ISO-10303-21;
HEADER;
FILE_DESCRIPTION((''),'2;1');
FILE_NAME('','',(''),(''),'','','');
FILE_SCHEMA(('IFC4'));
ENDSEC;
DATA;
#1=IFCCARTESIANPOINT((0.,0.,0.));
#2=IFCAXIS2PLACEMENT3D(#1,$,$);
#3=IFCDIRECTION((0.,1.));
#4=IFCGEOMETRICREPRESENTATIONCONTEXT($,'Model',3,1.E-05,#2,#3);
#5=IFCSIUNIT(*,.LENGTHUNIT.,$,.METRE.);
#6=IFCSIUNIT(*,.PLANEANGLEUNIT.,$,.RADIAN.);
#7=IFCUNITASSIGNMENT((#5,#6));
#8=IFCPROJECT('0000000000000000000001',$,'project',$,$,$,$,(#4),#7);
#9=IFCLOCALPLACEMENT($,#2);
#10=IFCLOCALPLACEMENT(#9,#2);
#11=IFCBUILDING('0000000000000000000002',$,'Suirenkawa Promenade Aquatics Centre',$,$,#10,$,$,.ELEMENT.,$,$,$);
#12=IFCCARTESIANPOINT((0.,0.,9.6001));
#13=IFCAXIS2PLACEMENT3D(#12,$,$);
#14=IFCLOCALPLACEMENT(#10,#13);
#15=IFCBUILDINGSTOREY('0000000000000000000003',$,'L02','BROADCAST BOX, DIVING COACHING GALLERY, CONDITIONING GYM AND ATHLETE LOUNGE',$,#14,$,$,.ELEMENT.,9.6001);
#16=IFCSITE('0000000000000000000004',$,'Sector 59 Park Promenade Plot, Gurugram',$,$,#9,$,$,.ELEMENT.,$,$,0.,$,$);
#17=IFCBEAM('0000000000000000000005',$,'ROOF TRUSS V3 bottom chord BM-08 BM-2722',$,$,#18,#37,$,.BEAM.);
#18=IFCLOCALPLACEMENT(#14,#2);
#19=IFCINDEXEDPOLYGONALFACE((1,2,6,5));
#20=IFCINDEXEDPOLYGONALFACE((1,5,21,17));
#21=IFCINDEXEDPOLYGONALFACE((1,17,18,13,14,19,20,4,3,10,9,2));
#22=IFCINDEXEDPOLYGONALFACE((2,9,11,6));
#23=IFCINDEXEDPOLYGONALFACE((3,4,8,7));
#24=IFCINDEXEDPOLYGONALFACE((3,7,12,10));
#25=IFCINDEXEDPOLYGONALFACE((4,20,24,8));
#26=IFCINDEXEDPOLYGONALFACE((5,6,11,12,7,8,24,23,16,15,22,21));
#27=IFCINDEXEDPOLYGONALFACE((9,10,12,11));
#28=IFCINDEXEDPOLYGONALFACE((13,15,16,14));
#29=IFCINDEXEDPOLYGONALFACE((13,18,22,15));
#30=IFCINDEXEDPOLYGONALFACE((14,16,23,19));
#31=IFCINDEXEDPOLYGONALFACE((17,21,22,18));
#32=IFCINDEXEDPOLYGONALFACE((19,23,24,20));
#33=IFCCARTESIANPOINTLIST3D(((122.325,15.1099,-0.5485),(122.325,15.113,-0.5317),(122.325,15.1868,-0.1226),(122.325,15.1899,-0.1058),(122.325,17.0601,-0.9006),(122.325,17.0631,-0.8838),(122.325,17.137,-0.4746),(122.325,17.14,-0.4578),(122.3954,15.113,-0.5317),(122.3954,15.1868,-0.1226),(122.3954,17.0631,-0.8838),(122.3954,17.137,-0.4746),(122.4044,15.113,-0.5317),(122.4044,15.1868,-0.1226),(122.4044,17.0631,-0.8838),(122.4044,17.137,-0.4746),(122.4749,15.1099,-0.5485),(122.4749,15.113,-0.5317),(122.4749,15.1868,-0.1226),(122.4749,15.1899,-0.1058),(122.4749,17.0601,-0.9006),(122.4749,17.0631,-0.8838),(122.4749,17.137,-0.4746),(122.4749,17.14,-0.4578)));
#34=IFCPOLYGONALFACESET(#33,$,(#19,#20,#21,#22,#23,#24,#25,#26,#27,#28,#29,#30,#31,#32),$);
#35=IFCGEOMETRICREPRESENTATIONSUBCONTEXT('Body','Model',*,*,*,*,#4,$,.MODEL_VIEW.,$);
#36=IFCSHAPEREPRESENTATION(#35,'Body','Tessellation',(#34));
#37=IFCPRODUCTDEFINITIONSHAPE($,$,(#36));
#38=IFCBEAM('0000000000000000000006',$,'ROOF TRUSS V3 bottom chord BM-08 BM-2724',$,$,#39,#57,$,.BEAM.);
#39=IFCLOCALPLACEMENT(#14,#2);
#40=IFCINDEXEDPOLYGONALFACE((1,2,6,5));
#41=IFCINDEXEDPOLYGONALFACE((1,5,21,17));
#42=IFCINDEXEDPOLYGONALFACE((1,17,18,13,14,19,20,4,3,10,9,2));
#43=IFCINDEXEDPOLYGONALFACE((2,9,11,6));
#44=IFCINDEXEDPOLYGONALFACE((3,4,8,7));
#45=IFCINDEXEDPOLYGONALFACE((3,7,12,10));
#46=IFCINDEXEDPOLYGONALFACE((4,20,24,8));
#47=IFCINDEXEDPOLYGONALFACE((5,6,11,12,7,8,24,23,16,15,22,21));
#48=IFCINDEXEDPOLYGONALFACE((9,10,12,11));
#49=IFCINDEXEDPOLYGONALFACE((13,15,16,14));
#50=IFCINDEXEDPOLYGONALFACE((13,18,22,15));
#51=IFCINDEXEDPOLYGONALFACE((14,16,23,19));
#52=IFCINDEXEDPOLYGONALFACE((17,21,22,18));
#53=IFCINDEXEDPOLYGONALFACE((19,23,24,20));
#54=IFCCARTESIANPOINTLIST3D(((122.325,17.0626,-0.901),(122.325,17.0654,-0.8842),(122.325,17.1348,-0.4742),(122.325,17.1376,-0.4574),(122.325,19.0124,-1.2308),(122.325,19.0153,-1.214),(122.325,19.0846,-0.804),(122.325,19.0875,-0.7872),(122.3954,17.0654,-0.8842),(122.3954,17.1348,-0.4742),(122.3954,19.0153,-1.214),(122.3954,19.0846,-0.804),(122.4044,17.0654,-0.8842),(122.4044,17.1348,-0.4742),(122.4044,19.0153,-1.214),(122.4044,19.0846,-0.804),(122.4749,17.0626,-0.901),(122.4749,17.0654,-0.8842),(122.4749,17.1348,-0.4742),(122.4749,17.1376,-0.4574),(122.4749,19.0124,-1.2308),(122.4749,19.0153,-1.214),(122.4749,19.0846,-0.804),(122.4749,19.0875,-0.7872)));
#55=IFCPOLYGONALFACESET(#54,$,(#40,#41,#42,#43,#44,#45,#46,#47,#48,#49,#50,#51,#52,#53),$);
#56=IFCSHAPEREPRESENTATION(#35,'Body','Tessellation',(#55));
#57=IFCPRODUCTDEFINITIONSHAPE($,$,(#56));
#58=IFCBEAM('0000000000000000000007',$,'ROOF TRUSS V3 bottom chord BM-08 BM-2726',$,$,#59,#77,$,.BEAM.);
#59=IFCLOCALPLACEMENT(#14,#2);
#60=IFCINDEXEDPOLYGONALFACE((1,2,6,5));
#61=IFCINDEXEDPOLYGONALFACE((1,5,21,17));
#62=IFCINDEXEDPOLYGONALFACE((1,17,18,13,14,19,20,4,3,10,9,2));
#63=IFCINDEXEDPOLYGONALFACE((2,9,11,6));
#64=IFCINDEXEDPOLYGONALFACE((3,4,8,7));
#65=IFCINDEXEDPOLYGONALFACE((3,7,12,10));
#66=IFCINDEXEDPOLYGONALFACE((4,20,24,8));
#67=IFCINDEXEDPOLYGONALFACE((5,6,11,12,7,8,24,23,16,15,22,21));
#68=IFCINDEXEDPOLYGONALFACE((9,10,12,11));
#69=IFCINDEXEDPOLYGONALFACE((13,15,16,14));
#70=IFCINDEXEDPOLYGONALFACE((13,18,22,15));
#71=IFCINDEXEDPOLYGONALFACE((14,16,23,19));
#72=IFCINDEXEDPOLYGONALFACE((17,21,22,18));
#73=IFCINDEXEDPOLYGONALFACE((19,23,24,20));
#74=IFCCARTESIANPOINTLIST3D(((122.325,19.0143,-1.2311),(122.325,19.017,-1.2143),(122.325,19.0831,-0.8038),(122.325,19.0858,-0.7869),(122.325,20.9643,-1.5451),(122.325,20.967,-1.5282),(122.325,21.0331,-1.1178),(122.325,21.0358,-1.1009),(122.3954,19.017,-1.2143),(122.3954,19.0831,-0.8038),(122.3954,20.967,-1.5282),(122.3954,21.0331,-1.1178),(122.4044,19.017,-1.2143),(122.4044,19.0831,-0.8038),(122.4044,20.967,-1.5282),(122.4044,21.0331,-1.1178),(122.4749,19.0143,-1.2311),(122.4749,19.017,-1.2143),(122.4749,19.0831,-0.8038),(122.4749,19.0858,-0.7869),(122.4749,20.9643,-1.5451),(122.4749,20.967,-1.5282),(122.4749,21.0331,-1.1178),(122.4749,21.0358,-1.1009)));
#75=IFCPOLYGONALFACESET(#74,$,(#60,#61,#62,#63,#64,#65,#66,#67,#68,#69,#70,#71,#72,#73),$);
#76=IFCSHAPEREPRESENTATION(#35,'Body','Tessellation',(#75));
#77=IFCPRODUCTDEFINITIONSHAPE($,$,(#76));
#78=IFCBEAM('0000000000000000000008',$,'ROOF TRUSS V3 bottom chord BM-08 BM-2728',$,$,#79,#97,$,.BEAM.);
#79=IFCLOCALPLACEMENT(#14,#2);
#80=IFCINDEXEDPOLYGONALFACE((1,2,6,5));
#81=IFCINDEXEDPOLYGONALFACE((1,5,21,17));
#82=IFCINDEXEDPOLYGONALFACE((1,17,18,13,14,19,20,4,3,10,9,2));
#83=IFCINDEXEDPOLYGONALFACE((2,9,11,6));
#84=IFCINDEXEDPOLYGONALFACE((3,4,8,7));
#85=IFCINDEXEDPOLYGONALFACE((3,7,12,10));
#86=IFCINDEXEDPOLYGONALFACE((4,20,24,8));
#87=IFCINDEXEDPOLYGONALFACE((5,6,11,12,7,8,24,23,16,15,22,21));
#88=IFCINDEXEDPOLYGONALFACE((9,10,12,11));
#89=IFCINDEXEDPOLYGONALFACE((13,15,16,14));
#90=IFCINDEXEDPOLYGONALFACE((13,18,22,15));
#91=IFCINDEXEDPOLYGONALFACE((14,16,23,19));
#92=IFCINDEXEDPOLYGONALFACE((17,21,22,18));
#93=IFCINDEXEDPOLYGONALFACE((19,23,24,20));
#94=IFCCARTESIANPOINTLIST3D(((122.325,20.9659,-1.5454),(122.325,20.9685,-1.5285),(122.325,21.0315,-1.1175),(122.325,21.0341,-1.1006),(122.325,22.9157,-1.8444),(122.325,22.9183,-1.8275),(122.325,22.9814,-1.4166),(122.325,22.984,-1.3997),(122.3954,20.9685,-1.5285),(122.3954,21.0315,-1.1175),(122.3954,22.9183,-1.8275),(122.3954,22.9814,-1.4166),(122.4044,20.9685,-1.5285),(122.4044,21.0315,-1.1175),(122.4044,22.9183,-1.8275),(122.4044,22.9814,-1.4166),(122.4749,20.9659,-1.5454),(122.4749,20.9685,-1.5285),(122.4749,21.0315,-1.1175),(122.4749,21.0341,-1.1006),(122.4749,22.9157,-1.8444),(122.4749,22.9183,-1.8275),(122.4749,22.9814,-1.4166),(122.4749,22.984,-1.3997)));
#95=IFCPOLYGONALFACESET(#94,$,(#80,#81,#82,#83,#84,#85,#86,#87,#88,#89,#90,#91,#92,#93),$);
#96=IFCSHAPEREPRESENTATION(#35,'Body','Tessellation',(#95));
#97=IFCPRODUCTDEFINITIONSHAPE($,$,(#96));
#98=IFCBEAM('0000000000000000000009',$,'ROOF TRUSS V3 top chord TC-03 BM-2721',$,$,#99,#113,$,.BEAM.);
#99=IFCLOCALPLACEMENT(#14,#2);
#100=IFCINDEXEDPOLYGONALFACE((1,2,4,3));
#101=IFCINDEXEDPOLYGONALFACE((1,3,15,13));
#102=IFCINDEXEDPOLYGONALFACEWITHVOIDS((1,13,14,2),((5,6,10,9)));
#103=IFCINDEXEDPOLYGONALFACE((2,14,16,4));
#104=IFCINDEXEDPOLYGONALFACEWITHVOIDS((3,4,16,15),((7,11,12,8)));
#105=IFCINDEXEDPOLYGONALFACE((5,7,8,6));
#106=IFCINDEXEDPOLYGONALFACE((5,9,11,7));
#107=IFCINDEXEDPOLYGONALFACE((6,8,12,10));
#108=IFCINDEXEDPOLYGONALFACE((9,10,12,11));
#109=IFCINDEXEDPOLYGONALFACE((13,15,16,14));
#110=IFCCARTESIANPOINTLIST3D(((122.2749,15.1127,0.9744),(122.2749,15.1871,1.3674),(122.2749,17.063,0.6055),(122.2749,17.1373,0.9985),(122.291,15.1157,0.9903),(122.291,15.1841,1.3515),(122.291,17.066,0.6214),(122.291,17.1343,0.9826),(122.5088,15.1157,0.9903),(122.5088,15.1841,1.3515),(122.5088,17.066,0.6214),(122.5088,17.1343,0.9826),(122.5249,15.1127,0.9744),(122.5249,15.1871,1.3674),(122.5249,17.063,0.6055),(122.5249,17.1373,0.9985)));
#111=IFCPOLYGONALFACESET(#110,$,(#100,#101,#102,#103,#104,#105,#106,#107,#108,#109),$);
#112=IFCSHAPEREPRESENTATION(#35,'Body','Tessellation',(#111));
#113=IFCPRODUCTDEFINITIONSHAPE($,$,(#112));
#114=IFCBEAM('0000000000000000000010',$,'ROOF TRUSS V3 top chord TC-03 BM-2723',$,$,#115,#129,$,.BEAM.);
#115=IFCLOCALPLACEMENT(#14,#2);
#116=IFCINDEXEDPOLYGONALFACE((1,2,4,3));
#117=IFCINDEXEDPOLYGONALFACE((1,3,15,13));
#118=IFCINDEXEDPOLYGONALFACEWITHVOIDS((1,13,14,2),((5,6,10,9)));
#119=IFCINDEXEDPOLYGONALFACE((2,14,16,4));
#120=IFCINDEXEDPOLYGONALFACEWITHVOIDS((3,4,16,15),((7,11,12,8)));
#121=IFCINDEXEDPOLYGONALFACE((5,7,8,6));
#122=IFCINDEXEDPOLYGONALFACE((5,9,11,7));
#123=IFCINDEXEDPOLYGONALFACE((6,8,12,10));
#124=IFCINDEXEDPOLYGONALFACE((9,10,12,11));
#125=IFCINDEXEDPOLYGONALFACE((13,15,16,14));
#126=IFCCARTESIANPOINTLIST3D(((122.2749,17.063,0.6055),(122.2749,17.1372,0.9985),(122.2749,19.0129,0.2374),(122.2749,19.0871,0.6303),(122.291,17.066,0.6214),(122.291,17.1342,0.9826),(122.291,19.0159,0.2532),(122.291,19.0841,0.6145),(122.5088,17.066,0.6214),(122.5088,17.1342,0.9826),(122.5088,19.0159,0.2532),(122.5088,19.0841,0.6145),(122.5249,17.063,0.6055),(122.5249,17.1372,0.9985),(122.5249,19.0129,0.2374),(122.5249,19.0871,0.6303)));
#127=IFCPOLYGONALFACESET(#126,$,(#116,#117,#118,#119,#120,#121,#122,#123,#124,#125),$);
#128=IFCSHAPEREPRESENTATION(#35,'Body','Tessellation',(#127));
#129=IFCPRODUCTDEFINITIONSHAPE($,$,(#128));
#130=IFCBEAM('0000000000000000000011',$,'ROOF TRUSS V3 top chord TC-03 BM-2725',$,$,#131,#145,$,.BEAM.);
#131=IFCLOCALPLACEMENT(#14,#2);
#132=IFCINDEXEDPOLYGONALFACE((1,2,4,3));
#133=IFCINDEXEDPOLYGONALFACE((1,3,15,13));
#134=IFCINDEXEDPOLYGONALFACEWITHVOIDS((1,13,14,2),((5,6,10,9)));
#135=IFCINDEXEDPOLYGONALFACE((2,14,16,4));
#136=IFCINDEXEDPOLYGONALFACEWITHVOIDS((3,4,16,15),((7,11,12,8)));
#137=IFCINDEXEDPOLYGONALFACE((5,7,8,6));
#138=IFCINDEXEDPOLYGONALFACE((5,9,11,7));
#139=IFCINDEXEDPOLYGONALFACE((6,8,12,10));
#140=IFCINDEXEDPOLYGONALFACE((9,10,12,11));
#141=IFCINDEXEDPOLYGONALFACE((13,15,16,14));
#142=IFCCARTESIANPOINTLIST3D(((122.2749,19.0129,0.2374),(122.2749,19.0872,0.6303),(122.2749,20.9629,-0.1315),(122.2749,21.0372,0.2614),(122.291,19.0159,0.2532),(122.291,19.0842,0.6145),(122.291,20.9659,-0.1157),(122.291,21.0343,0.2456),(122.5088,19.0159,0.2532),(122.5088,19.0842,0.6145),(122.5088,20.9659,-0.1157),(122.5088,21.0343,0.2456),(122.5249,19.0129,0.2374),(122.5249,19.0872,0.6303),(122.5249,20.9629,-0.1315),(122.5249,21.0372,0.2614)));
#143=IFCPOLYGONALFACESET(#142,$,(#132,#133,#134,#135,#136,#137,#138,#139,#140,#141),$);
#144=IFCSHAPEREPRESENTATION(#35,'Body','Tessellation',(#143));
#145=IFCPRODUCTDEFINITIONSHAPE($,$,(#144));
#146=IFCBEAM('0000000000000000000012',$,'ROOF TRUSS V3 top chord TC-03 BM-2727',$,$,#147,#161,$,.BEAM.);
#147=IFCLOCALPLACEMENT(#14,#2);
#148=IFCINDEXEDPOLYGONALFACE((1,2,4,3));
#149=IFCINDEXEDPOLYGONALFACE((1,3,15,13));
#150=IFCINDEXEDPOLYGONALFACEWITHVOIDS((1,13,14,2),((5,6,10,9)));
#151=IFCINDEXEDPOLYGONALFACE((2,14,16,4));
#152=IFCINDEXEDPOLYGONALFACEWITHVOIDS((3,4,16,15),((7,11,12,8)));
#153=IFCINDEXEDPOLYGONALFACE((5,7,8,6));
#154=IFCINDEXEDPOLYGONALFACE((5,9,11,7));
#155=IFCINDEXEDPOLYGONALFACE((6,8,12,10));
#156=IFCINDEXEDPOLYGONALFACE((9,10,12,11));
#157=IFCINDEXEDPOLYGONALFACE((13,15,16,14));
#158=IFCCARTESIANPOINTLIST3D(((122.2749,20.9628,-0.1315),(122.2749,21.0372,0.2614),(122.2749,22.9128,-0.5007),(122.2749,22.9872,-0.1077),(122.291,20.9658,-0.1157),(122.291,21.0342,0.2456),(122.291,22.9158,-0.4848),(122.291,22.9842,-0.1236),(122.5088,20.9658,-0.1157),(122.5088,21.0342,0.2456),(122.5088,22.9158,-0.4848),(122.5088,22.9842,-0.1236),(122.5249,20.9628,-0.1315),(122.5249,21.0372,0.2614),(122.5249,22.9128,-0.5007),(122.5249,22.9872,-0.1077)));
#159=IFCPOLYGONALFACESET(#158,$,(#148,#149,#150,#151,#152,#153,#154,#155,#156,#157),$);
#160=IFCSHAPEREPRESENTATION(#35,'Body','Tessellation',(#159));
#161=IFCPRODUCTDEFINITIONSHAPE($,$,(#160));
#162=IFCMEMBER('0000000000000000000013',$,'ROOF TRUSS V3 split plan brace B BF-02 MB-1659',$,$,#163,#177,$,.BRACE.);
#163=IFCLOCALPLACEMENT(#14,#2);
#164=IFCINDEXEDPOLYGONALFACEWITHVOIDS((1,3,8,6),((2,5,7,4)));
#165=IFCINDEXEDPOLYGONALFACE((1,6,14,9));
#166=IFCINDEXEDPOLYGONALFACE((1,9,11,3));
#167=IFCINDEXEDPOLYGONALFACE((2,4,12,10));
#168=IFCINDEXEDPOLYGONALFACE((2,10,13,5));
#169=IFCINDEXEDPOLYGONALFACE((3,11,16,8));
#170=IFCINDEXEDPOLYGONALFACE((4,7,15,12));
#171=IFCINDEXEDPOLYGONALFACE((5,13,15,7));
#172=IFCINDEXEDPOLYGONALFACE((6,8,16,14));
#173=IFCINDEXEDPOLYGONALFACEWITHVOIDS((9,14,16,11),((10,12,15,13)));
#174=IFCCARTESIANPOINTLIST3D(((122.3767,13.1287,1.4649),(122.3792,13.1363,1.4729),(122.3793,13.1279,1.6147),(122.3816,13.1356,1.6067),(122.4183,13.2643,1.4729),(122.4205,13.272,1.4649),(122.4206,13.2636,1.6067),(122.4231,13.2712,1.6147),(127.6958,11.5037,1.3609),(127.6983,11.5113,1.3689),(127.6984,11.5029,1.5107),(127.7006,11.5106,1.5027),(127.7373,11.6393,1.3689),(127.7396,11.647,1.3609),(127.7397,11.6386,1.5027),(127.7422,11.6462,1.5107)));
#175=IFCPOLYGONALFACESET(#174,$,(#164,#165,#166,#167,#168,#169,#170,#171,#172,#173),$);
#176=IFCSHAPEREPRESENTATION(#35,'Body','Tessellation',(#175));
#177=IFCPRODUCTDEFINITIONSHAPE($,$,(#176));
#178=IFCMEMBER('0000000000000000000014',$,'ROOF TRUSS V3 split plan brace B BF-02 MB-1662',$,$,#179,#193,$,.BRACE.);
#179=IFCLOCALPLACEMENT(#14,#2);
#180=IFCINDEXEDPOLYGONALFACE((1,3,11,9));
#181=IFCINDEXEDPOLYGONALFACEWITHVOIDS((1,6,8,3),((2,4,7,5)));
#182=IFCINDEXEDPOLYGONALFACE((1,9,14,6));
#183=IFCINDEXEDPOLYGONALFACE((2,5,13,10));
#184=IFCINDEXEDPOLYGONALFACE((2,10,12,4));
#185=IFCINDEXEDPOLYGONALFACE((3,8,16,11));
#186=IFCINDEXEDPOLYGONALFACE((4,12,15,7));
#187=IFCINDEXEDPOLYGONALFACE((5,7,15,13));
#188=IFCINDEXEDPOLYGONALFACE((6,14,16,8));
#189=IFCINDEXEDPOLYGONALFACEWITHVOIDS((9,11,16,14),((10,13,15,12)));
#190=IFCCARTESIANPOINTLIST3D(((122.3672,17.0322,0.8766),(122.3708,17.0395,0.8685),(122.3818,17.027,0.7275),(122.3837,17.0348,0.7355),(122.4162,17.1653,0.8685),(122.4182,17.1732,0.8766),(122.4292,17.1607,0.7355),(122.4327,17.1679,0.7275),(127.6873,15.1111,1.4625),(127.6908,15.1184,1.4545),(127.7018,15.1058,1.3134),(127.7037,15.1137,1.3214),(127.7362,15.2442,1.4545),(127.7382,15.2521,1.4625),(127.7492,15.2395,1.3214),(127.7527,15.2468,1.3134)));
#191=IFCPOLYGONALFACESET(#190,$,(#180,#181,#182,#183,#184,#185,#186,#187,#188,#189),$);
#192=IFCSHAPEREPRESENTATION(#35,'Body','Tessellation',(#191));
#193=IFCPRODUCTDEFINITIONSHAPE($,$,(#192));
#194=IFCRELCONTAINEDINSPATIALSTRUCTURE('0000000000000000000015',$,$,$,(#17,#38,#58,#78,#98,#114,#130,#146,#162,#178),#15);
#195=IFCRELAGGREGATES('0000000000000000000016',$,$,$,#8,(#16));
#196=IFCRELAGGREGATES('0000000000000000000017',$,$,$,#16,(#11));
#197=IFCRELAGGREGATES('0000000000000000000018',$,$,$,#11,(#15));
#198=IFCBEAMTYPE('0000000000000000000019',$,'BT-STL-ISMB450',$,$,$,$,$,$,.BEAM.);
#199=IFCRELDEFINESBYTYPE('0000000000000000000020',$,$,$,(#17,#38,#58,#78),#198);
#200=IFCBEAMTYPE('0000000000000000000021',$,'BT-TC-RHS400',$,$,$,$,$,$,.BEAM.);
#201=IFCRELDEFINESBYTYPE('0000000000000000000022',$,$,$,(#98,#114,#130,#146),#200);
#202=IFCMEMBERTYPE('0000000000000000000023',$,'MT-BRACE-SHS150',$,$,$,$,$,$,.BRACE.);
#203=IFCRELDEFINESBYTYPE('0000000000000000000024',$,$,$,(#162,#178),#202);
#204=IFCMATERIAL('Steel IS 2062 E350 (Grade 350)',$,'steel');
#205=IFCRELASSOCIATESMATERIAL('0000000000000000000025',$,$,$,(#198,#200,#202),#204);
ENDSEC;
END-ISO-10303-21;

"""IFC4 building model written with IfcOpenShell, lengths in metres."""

from ifc_helpers import new_model, si_unit, direction, frame, origin, origin_2d, place, context, subcontext, project, spatial, hollow_rectangle, i_section, extrude, material, material_profile, profile_set, type_object, element, save


model = new_model("IFC4")

# Units and contexts
model_context = context("Model", 3, precision=1e-05, world=origin(), true_north=direction((0.0, 1.0)))
body_context = subcontext(model_context, "Body", "Model", "MODEL_VIEW")
ifc_project = project(units=[si_unit("LENGTHUNIT", "METRE"), si_unit("PLANEANGLEUNIT", "RADIAN")], contexts=[model_context])

# Site, building, storey
site_placement = place(None, origin())
site = spatial("IfcSite", under=ifc_project, at=site_placement, Name="Sector 59 Park Promenade Plot, Gurugram", CompositionType="ELEMENT", RefElevation=0.0)
building_placement = place(site_placement, origin())
building = spatial("IfcBuilding", under=site, at=building_placement, Name="Suirenkawa Promenade Aquatics Centre", CompositionType="ELEMENT")
storey_placement = place(building_placement, frame((0.0, 0.0, 9.6001)))
storey = spatial("IfcBuildingStorey", under=building, at=storey_placement, Name="L02", Description="BROADCAST BOX, DIVING COACHING GALLERY, CONDITIONING GYM AND ATHLETE LOUNGE", CompositionType="ELEMENT", Elevation=9.6001)

# Beams
ifc_material = material(Name="Steel IS 2062 E350 (Grade 350)", Category="steel")
ifc_material_profile_1 = material_profile(ifc_material, i_section(OverallWidth=0.1499, OverallDepth=0.45, WebThickness=0.009, FlangeThickness=0.0171, at=origin_2d()), Name="ISMB 450", Category="steel")
ifc_profile_set_1 = profile_set([ifc_material_profile_1], Name="Steel IS 2062 E350 (Grade 350)")
beam_type_1 = type_object("IfcBeamType", Name="BT-STL-ISMB450", PredefinedType="BEAM", material=ifc_profile_set_1)
beam_1_placement = place(storey_placement, frame((122.3999, 15.1499, -0.3271), z_axis=(0.0, 0.984094, -0.177649), x_axis=(-1.0, 0.0, 0.0)))
element("IfcBeam", 1, at=beam_1_placement, inside=storey, type_object=beam_type_1, Name="ROOF TRUSS V3 bottom chord BM-08 BM-2722", PredefinedType="BEAM", context=body_context, shape_type="SweptSolid", body=[
    extrude(i_section(OverallWidth=0.1499, OverallDepth=0.45, WebThickness=0.009, FlangeThickness=0.0171, at=origin_2d()), origin(), (0.0, 0.0, 1.0), 1.9817),
])
beam_2_placement = place(storey_placement, frame((122.3999, 17.1001, -0.6792), z_axis=(0.0, 0.985994, -0.166781), x_axis=(-1.0, 0.0, 0.0)))
element("IfcBeam", 2, at=beam_2_placement, inside=storey, type_object=beam_type_1, Name="ROOF TRUSS V3 bottom chord BM-08 BM-2724", PredefinedType="BEAM", context=body_context, shape_type="SweptSolid", body=[
    extrude(i_section(OverallWidth=0.1499, OverallDepth=0.45, WebThickness=0.009, FlangeThickness=0.0171, at=origin_2d()), origin(), (0.0, 0.0, 1.0), 1.9775),
])
beam_3_placement = place(storey_placement, frame((122.3999, 19.05, -1.009), z_axis=(0.0, 0.987284, -0.158964), x_axis=(-1.0, 0.0, 0.0)))
element("IfcBeam", 3, at=beam_3_placement, inside=storey, type_object=beam_type_1, Name="ROOF TRUSS V3 bottom chord BM-08 BM-2726", PredefinedType="BEAM", context=body_context, shape_type="SweptSolid", body=[
    extrude(i_section(OverallWidth=0.1499, OverallDepth=0.45, WebThickness=0.009, FlangeThickness=0.0171, at=origin_2d()), origin(), (0.0, 0.0, 1.0), 1.9751),
])
beam_4_placement = place(storey_placement, frame((122.3999, 21.0, -1.323), z_axis=(0.0, 0.988442, -0.151601), x_axis=(-1.0, 0.0, 0.0)))
element("IfcBeam", 4, at=beam_4_placement, inside=storey, type_object=beam_type_1, Name="ROOF TRUSS V3 bottom chord BM-08 BM-2728", PredefinedType="BEAM", context=body_context, shape_type="SweptSolid", body=[
    extrude(i_section(OverallWidth=0.1499, OverallDepth=0.45, WebThickness=0.009, FlangeThickness=0.0171, at=origin_2d()), origin(), (0.0, 0.0, 1.0), 1.9727),
])
ifc_material_profile_2 = material_profile(ifc_material, hollow_rectangle(XDim=0.25, YDim=0.3999, WallThickness=0.0161, at=origin_2d()), Name="RHS 400x250x16", Category="steel")
ifc_profile_set_2 = profile_set([ifc_material_profile_2], Name="Steel IS 2062 E350 (Grade 350)")
beam_type_2 = type_object("IfcBeamType", Name="BT-TC-RHS400", PredefinedType="BEAM", material=ifc_profile_set_2)
beam_5_placement = place(storey_placement, frame((122.3999, 15.1499, 1.1709), z_axis=(0.0, 0.982576, -0.185863), x_axis=(-1.0, 0.0, 0.0)))
element("IfcBeam", 5, at=beam_5_placement, inside=storey, type_object=beam_type_2, Name="ROOF TRUSS V3 top chord TC-03 BM-2721", PredefinedType="BEAM", context=body_context, shape_type="SweptSolid", body=[
    extrude(hollow_rectangle(XDim=0.25, YDim=0.3999, WallThickness=0.0161, at=origin_2d()), origin(), (0.0, 0.0, 1.0), 1.9849),
])
beam_6_placement = place(storey_placement, frame((122.3999, 17.1001, 0.802), z_axis=(0.0, 0.982639, -0.185529), x_axis=(-1.0, 0.0, 0.0)))
element("IfcBeam", 6, at=beam_6_placement, inside=storey, type_object=beam_type_2, Name="ROOF TRUSS V3 top chord TC-03 BM-2723", PredefinedType="BEAM", context=body_context, shape_type="SweptSolid", body=[
    extrude(hollow_rectangle(XDim=0.25, YDim=0.3999, WallThickness=0.0161, at=origin_2d()), origin(), (0.0, 0.0, 1.0), 1.9844),
])
for number, where, z_axis, x_axis, name in (
    (7, (122.3999, 19.05, 0.4338), (0.0, 0.982571, -0.185885), (-1.0, 0.0, 0.0), "ROOF TRUSS V3 top chord TC-03 BM-2725"),
    (8, (122.3999, 21.0, 0.0649), (0.0, 0.982549, -0.186004), (-1.0, 0.0, 0.0), "ROOF TRUSS V3 top chord TC-03 BM-2727"),
):
    element("IfcBeam", number, at=place(storey_placement, frame(where, z_axis=z_axis, x_axis=x_axis)), inside=storey, type_object=beam_type_2, Name=name, PredefinedType="BEAM", context=body_context, shape_type="SweptSolid", body=[
        extrude(hollow_rectangle(XDim=0.25, YDim=0.3999, WallThickness=0.0161, at=origin_2d()), origin(), (0.0, 0.0, 1.0), 1.9846),
    ])

# Members
ifc_material_profile_3 = material_profile(ifc_material, hollow_rectangle(XDim=0.1499, YDim=0.1499, WallThickness=0.0081, at=origin_2d()), Name="SHS 150x150x8", Category="steel")
ifc_profile_set_3 = profile_set([ifc_material_profile_3], Name="Steel IS 2062 E350 (Grade 350)")
member_type_1 = type_object("IfcMemberType", Name="MT-BRACE-SHS150", PredefinedType="BRACE", material=ifc_profile_set_3)
member_1_placement = place(storey_placement, frame((127.719, 11.575, 1.4358), z_axis=(-0.956198, 0.292122, 0.018696), x_axis=(-0.292173, -0.956366, 0.0)))
element("IfcMember", 9, at=member_1_placement, inside=storey, type_object=member_type_1, Name="ROOF TRUSS V3 split plan brace B BF-02 MB-1659", PredefinedType="BRACE", context=body_context, shape_type="SweptSolid", body=[
    extrude(hollow_rectangle(XDim=0.1499, YDim=0.1499, WallThickness=0.0081, at=origin_2d()), origin(), (0.0, 0.0, 1.0), 5.5627),
])
member_2_placement = place(storey_placement, frame((127.72, 15.179, 1.3879), z_axis=(-0.935547, 0.337838, -0.103039), x_axis=(-0.339646, -0.940554, 0.0)))
element("IfcMember", 10, at=member_2_placement, inside=storey, type_object=member_type_1, Name="ROOF TRUSS V3 split plan brace B BF-02 MB-1662", PredefinedType="BRACE", context=body_context, shape_type="SweptSolid", body=[
    extrude(hollow_rectangle(XDim=0.1499, YDim=0.1499, WallThickness=0.0081, at=origin_2d()), origin(), (0.0, 0.0, 1.0), 5.6865),
])

save(model, "model.ifc")
